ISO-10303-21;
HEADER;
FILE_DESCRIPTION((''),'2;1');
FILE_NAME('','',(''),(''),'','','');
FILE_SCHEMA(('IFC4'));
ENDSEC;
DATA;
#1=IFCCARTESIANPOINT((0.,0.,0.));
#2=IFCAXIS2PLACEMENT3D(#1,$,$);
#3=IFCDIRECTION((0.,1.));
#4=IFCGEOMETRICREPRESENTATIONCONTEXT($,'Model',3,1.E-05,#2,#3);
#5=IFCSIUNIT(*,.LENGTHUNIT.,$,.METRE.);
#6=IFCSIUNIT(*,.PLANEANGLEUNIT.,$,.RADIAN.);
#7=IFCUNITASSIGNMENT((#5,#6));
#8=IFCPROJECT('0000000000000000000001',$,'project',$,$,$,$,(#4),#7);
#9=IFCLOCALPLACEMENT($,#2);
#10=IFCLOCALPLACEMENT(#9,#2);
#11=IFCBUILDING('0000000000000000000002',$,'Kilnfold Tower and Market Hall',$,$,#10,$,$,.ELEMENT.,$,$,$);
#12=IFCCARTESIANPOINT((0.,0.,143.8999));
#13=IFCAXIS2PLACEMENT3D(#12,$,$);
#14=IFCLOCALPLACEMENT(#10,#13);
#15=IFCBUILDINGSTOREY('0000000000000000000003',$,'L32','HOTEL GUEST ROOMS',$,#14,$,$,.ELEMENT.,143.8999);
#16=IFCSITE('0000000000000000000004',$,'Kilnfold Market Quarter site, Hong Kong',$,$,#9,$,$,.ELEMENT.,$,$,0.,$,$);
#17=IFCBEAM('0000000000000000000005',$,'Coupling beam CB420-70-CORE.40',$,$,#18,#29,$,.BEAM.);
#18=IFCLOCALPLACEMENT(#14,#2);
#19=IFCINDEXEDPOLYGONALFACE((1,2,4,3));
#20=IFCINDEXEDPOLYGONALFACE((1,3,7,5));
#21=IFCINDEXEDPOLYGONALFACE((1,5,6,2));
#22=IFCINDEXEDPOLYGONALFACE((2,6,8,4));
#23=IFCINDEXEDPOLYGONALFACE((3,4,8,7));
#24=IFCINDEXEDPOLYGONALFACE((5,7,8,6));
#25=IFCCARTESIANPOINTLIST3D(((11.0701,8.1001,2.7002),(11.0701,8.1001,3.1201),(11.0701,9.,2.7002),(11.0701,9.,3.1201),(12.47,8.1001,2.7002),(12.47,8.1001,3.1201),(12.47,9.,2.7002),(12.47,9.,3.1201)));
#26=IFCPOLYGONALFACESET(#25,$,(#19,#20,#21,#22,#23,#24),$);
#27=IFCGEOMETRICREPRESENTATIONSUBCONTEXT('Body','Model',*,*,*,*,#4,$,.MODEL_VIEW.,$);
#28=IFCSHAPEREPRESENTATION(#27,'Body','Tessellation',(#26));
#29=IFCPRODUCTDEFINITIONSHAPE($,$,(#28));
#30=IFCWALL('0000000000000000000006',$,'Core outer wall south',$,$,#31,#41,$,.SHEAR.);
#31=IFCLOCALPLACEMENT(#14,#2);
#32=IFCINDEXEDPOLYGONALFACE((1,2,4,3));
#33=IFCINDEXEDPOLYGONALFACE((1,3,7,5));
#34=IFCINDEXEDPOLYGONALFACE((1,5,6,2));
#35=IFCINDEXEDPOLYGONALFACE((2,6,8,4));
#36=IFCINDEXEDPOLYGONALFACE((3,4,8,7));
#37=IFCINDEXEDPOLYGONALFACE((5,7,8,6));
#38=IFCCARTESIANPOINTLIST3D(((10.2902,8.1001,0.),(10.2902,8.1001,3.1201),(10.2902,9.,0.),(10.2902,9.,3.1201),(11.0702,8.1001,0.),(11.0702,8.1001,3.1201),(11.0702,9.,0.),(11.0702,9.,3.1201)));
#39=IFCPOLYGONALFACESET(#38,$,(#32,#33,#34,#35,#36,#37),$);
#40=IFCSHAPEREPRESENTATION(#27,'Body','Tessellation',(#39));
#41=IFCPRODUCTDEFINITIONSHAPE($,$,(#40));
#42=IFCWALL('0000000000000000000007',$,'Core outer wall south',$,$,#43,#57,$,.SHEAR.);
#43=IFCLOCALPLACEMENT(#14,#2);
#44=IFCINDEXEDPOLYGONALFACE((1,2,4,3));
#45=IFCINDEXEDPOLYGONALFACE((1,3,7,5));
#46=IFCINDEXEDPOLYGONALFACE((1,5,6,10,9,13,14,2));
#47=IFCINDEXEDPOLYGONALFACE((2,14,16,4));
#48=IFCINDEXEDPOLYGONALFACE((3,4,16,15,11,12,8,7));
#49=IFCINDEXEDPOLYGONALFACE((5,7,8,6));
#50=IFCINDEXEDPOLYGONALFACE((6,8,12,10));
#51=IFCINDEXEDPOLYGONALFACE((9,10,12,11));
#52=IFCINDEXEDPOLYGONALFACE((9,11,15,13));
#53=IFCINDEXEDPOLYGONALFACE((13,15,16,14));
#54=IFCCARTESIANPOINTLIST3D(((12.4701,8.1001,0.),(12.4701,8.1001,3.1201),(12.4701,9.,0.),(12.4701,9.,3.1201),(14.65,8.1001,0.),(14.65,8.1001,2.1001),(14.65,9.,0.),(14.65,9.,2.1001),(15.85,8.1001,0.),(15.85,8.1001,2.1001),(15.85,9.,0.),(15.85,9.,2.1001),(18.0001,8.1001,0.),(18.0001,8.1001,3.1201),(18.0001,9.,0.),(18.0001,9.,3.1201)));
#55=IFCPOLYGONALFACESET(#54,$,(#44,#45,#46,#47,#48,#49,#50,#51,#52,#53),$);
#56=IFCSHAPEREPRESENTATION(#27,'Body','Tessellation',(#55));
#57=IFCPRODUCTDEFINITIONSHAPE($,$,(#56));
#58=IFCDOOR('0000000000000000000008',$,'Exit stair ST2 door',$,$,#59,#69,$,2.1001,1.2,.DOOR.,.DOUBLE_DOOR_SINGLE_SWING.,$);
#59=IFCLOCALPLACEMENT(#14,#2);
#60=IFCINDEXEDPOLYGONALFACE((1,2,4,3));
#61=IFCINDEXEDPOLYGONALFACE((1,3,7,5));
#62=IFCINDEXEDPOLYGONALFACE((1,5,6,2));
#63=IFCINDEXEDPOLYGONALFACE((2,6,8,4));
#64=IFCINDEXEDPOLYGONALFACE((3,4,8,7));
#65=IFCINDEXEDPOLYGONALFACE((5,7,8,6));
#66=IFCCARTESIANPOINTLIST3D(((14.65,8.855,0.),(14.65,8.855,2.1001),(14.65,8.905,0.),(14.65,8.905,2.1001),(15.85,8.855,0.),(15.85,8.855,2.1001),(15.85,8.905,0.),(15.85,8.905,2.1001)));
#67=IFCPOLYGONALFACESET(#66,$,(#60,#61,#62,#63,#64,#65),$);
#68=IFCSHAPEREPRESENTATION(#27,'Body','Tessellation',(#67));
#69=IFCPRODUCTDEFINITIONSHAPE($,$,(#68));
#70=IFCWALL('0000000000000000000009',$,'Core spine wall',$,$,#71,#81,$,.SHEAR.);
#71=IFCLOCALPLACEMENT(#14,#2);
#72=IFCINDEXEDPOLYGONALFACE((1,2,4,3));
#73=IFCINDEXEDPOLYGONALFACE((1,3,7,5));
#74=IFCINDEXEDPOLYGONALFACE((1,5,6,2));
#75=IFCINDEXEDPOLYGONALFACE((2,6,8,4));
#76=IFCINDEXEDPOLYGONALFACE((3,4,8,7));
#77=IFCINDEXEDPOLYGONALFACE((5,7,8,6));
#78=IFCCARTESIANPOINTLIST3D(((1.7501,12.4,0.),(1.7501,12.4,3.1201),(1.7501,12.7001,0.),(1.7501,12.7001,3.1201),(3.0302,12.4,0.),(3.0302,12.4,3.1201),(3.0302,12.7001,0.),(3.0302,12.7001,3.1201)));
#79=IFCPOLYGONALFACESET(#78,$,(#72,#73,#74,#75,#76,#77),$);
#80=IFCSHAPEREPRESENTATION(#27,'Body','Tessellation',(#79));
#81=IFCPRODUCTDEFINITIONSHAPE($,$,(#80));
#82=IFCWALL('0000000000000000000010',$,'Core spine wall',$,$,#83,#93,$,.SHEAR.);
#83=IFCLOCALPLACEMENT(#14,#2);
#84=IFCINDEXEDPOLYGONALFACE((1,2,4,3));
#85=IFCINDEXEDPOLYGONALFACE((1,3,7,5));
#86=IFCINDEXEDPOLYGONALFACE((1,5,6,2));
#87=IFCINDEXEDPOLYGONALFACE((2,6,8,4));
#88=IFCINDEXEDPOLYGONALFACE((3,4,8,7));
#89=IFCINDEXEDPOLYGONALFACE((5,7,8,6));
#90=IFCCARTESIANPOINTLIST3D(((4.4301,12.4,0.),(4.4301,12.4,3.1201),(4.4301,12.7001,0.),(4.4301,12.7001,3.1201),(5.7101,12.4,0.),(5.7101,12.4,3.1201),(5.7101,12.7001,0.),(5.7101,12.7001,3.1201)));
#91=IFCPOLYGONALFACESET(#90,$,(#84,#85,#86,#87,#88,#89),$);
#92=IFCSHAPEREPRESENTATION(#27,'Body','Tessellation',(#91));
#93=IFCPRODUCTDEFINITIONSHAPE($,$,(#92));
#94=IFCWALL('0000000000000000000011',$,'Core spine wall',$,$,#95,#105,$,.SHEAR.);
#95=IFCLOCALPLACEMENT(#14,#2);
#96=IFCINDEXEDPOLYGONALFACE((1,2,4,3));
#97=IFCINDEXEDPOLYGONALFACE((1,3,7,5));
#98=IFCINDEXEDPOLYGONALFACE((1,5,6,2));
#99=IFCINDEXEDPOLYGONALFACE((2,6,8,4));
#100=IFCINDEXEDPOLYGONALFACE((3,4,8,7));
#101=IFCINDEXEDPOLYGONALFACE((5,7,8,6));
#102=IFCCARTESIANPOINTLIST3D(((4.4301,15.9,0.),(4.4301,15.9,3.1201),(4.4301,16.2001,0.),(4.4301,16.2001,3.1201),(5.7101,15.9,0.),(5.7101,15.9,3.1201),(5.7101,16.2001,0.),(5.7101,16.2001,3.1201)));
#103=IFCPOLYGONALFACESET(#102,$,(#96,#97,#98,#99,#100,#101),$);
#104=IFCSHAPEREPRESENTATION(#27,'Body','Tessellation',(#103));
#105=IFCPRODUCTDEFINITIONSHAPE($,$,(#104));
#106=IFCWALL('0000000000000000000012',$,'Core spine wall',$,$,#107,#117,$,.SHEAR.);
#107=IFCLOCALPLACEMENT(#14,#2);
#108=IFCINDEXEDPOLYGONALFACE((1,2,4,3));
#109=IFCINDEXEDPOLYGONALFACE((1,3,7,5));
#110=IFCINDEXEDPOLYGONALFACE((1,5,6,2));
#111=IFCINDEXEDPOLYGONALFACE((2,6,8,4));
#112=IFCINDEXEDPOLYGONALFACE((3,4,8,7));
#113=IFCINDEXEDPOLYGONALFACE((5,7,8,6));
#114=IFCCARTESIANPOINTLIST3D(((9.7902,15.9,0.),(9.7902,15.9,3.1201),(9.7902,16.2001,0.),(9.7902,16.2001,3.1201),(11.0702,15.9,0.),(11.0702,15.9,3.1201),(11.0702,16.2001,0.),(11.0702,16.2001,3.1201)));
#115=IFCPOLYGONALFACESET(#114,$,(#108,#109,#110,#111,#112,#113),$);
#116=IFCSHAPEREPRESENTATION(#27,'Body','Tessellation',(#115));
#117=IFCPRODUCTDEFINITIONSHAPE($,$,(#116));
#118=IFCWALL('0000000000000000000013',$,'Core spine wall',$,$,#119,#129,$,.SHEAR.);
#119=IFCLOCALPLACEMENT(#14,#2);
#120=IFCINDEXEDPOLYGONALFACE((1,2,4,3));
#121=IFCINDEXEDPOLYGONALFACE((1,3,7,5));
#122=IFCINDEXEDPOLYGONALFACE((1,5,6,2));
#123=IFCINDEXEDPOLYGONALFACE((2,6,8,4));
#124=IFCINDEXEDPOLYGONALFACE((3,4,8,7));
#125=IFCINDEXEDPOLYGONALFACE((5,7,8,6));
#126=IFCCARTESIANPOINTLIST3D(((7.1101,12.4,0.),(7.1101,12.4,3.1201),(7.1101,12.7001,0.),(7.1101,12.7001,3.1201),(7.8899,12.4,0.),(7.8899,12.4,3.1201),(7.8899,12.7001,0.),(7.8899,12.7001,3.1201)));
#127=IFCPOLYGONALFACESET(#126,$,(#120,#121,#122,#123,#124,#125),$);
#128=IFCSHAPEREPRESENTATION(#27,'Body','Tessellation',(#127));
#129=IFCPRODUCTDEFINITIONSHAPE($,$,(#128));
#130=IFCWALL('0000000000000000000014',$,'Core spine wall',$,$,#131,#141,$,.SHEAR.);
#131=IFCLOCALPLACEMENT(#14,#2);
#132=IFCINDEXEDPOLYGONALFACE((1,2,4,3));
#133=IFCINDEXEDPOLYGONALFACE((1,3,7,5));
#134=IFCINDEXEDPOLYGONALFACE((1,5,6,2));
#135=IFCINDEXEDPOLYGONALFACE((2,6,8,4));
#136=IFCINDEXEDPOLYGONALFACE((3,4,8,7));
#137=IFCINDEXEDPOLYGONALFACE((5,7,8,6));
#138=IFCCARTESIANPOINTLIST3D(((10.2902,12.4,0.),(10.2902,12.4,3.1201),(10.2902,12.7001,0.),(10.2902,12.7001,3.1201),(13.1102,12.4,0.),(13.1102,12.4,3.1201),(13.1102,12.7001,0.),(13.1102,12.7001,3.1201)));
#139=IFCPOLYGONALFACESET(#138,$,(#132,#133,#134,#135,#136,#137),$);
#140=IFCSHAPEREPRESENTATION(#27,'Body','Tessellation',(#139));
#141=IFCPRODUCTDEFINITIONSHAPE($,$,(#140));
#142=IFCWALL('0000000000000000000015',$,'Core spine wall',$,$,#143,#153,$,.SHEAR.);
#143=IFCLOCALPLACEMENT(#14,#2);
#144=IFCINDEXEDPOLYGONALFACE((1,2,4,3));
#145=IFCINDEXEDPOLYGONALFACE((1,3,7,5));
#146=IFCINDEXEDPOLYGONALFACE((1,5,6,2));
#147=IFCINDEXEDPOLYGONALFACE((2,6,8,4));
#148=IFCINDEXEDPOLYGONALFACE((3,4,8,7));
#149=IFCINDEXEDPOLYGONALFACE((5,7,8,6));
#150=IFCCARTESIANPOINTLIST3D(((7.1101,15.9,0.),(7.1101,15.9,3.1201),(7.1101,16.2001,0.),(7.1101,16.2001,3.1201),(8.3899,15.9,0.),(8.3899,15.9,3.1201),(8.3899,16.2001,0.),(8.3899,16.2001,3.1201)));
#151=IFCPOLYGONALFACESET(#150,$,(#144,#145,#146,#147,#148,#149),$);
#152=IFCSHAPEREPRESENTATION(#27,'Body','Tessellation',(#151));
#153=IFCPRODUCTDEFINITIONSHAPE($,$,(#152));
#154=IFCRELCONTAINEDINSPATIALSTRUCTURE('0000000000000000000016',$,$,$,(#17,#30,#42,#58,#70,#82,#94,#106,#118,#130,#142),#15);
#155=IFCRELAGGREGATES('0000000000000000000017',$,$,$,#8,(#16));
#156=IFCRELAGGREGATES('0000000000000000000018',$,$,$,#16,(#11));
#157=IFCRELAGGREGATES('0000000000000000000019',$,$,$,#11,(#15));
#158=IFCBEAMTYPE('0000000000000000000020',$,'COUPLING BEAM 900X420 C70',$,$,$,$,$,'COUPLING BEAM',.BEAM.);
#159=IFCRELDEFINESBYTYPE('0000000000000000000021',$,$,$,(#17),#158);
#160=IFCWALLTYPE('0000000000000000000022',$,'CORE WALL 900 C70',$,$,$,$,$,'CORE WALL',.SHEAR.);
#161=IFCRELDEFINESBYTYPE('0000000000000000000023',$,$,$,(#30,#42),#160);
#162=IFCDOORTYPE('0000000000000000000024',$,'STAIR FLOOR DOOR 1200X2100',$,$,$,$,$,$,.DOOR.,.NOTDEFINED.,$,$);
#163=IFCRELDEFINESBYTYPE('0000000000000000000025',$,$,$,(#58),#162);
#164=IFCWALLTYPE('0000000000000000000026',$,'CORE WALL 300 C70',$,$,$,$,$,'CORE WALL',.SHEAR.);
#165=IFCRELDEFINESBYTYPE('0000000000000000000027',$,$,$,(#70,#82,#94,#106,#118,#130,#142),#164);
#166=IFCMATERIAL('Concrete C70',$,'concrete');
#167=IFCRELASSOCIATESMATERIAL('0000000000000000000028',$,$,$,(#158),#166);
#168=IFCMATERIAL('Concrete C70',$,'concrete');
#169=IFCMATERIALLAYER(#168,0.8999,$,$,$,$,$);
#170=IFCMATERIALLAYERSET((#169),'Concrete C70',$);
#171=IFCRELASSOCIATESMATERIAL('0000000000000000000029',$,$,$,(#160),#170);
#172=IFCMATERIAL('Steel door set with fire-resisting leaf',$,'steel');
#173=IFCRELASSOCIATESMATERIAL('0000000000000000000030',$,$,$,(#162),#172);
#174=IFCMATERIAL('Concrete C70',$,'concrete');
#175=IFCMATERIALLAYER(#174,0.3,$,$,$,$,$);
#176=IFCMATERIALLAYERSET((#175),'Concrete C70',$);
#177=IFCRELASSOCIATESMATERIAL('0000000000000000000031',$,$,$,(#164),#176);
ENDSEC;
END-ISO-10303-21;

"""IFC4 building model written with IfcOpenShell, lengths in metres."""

from ifc_helpers import new_model, si_unit, direction, frame, frame_2d, origin, origin_2d, place, context, subcontext, project, spatial, rectangle, extrude, source, transform, mapped, material, layer, layer_set, material_profile, profile_set, type_object, element, fill, save


model = new_model("IFC4")

# Units and contexts
model_context = context("Model", 3, precision=1e-05, world=origin(), true_north=direction((0.0, 1.0)))
body_context = subcontext(model_context, "Body", "Model", "MODEL_VIEW")
ifc_project = project(units=[si_unit("LENGTHUNIT", "METRE"), si_unit("PLANEANGLEUNIT", "RADIAN")], contexts=[model_context])

# Site, building, storey
site_placement = place(None, origin())
site = spatial("IfcSite", under=ifc_project, at=site_placement, Name="Kilnfold Market Quarter site, Hong Kong", CompositionType="ELEMENT", RefElevation=0.0)
building_placement = place(site_placement, origin())
building = spatial("IfcBuilding", under=site, at=building_placement, Name="Kilnfold Tower and Market Hall", CompositionType="ELEMENT")
storey_placement = place(building_placement, frame((0.0, 0.0, 143.8999)))
storey = spatial("IfcBuildingStorey", under=building, at=storey_placement, Name="L32", Description="HOTEL GUEST ROOMS", CompositionType="ELEMENT", Elevation=143.8999)

# Beam
ifc_material_1 = material(Name="Concrete C70", Category="concrete")
ifc_material_profile = material_profile(ifc_material_1, rectangle(XDim=0.8999, YDim=0.4199, at=origin_2d()), Name="RC 900x420")
ifc_profile_set = profile_set([ifc_material_profile], Name="Concrete C70")
beam_type = type_object("IfcBeamType", Name="COUPLING BEAM 900X420 C70", ElementType="COUPLING BEAM", PredefinedType="BEAM", material=ifc_profile_set)
shared_shape_1 = source(origin(), body_context, "Body", "SweptSolid", [
    extrude(rectangle(XDim=0.8999, YDim=0.4199, at=origin_2d()), origin(), (0.0, 0.0, 1.0), 1.3999),
])
beam_placement = place(storey_placement, frame((11.0701, 8.55, 2.9102), z_axis=(1.0, 0.0, 0.0), x_axis=(0.0, 1.0, 0.0)))
element("IfcBeam", 1, at=beam_placement, inside=storey, type_object=beam_type, Name="Coupling beam CB420-70-CORE.40", PredefinedType="BEAM", context=body_context, shape_type="MappedRepresentation", body=[
    mapped(shared_shape_1, transform((0.0, 0.0, 0.0))),
])

# Wall
ifc_material_2 = material(Name="Concrete C70", Category="concrete")
ifc_layer_1 = layer(ifc_material_2, 0.8999)
ifc_layer_set_1 = layer_set([ifc_layer_1], Name="Concrete C70")
wall_type_1 = type_object("IfcWallType", Name="CORE WALL 900 C70", ElementType="CORE WALL", PredefinedType="SHEAR", material=ifc_layer_set_1)
shared_shape_2 = source(origin(), body_context, "Body", "SweptSolid", [
    extrude(rectangle(XDim=0.78, YDim=0.8999, at=frame_2d((0.3901, 0.0))), origin(), (0.0, 0.0, 1.0), 3.1201),
])
wall_1_placement = place(storey_placement, frame((10.29, 8.55, 0.0), z_axis=(0.0, 0.0, 1.0), x_axis=(1.0, 0.0, 0.0)))
element("IfcWall", 2, at=wall_1_placement, inside=storey, type_object=wall_type_1, Name="Core outer wall south", PredefinedType="SHEAR", context=body_context, shape_type="MappedRepresentation", body=[
    mapped(shared_shape_2, transform((0.0, 0.0, 0.0))),
])

# Wall, opening, door
shared_shape_3 = source(origin(), body_context, "Body", "SweptSolid", [
    extrude(rectangle(XDim=5.53, YDim=0.8999, at=frame_2d((2.7651, 0.0))), origin(), (0.0, 0.0, 1.0), 3.1201),
])
wall_2_placement = place(storey_placement, frame((12.47, 8.55, 0.0), z_axis=(0.0, 0.0, 1.0), x_axis=(1.0, 0.0, 0.0)))
wall_2 = element("IfcWall", 3, at=wall_2_placement, inside=storey, type_object=wall_type_1, Name="Core outer wall south", PredefinedType="SHEAR", context=body_context, shape_type="MappedRepresentation", body=[
    mapped(shared_shape_3, transform((0.0, 0.0, 0.0))),
])
opening_1_placement = place(wall_2_placement, frame((2.1799, 0.0, 0.0)))
opening_1 = element("IfcOpeningElement", 4, at=opening_1_placement, cuts=wall_2, PredefinedType="OPENING", context=body_context, shape_type="SweptSolid", body=[
    extrude(rectangle(XDim=1.2, YDim=2.1001, at=frame_2d((0.6001, 1.05))), frame((0.0, 0.46, 0.0), z_axis=(0.0, -1.0, 0.0), x_axis=(1.0, 0.0, 0.0)), (0.0, 0.0, 1.0), 0.9199),
])
ifc_material_3 = material(Name="Steel door set with fire-resisting leaf", Category="steel")
door_type_1 = type_object("IfcDoorType", Name="STAIR FLOOR DOOR 1200X2100", OperationType="NOTDEFINED", PredefinedType="DOOR", material=ifc_material_3)
door_1_placement = place(opening_1_placement, origin())
door_1 = element("IfcDoor", 5, at=door_1_placement, inside=storey, type_object=door_type_1, Name="Exit stair ST2 door", OperationType="DOUBLE_DOOR_SINGLE_SWING", OverallHeight=2.1001, OverallWidth=1.2, PredefinedType="DOOR", context=body_context, shape_type="SweptSolid", body=[
    extrude(rectangle(XDim=1.2, YDim=2.1001, at=frame_2d((0.6001, 1.05))), frame((0.0, 0.355, 0.0), z_axis=(0.0, -1.0, 0.0), x_axis=(1.0, 0.0, 0.0)), (0.0, 0.0, 1.0), 0.05),
])
fill(opening_1, door_1)

# Walls
ifc_material_4 = material(Name="Concrete C70", Category="concrete")
ifc_layer_2 = layer(ifc_material_4, 0.3)
ifc_layer_set_2 = layer_set([ifc_layer_2], Name="Concrete C70")
wall_type_2 = type_object("IfcWallType", Name="CORE WALL 300 C70", ElementType="CORE WALL", PredefinedType="SHEAR", material=ifc_layer_set_2)
shared_shape_4 = source(origin(), body_context, "Body", "SweptSolid", [
    extrude(rectangle(XDim=1.28, YDim=0.3, at=frame_2d((0.6401, 0.0))), origin(), (0.0, 0.0, 1.0), 3.1201),
])
for number, where, z_axis, x_axis, name in (
    (6, (1.75, 12.55, 0.0), (0.0, 0.0, 1.0), (1.0, 0.0, 0.0), "Core spine wall"),
    (7, (4.4299, 12.55, 0.0), (0.0, 0.0, 1.0), (1.0, 0.0, 0.0), "Core spine wall"),
    (8, (4.4299, 16.05, 0.0), (0.0, 0.0, 1.0), (1.0, 0.0, 0.0), "Core spine wall"),
    (9, (9.79, 16.05, 0.0), (0.0, 0.0, 1.0), (1.0, 0.0, 0.0), "Core spine wall"),
):
    element("IfcWall", number, at=place(storey_placement, frame(where, z_axis=z_axis, x_axis=x_axis)), inside=storey, type_object=wall_type_2, Name=name, PredefinedType="SHEAR", context=body_context, shape_type="MappedRepresentation", body=[
        mapped(shared_shape_4, transform((0.0, 0.0, 0.0))),
    ])
shared_shape_5 = source(origin(), body_context, "Body", "SweptSolid", [
    extrude(rectangle(XDim=0.7798, YDim=0.3, at=frame_2d((0.3899, 0.0))), origin(), (0.0, 0.0, 1.0), 3.1201),
])
wall_3_placement = place(storey_placement, frame((7.1101, 12.55, 0.0), z_axis=(0.0, 0.0, 1.0), x_axis=(1.0, 0.0, 0.0)))
element("IfcWall", 10, at=wall_3_placement, inside=storey, type_object=wall_type_2, Name="Core spine wall", PredefinedType="SHEAR", context=body_context, shape_type="MappedRepresentation", body=[
    mapped(shared_shape_5, transform((0.0, 0.0, 0.0))),
])
shared_shape_6 = source(origin(), body_context, "Body", "SweptSolid", [
    extrude(rectangle(XDim=2.8201, YDim=0.3, at=frame_2d((1.4102, 0.0))), origin(), (0.0, 0.0, 1.0), 3.1201),
])
wall_4_placement = place(storey_placement, frame((10.29, 12.55, 0.0), z_axis=(0.0, 0.0, 1.0), x_axis=(1.0, 0.0, 0.0)))
element("IfcWall", 11, at=wall_4_placement, inside=storey, type_object=wall_type_2, Name="Core spine wall", PredefinedType="SHEAR", context=body_context, shape_type="MappedRepresentation", body=[
    mapped(shared_shape_6, transform((0.0, 0.0, 0.0))),
])
shared_shape_7 = source(origin(), body_context, "Body", "SweptSolid", [
    extrude(rectangle(XDim=1.2798, YDim=0.3, at=frame_2d((0.6399, 0.0))), origin(), (0.0, 0.0, 1.0), 3.1201),
])
wall_5_placement = place(storey_placement, frame((7.1101, 16.05, 0.0), z_axis=(0.0, 0.0, 1.0), x_axis=(1.0, 0.0, 0.0)))
element("IfcWall", 12, at=wall_5_placement, inside=storey, type_object=wall_type_2, Name="Core spine wall", PredefinedType="SHEAR", context=body_context, shape_type="MappedRepresentation", body=[
    mapped(shared_shape_7, transform((0.0, 0.0, 0.0))),
])

save(model, "model.ifc")
